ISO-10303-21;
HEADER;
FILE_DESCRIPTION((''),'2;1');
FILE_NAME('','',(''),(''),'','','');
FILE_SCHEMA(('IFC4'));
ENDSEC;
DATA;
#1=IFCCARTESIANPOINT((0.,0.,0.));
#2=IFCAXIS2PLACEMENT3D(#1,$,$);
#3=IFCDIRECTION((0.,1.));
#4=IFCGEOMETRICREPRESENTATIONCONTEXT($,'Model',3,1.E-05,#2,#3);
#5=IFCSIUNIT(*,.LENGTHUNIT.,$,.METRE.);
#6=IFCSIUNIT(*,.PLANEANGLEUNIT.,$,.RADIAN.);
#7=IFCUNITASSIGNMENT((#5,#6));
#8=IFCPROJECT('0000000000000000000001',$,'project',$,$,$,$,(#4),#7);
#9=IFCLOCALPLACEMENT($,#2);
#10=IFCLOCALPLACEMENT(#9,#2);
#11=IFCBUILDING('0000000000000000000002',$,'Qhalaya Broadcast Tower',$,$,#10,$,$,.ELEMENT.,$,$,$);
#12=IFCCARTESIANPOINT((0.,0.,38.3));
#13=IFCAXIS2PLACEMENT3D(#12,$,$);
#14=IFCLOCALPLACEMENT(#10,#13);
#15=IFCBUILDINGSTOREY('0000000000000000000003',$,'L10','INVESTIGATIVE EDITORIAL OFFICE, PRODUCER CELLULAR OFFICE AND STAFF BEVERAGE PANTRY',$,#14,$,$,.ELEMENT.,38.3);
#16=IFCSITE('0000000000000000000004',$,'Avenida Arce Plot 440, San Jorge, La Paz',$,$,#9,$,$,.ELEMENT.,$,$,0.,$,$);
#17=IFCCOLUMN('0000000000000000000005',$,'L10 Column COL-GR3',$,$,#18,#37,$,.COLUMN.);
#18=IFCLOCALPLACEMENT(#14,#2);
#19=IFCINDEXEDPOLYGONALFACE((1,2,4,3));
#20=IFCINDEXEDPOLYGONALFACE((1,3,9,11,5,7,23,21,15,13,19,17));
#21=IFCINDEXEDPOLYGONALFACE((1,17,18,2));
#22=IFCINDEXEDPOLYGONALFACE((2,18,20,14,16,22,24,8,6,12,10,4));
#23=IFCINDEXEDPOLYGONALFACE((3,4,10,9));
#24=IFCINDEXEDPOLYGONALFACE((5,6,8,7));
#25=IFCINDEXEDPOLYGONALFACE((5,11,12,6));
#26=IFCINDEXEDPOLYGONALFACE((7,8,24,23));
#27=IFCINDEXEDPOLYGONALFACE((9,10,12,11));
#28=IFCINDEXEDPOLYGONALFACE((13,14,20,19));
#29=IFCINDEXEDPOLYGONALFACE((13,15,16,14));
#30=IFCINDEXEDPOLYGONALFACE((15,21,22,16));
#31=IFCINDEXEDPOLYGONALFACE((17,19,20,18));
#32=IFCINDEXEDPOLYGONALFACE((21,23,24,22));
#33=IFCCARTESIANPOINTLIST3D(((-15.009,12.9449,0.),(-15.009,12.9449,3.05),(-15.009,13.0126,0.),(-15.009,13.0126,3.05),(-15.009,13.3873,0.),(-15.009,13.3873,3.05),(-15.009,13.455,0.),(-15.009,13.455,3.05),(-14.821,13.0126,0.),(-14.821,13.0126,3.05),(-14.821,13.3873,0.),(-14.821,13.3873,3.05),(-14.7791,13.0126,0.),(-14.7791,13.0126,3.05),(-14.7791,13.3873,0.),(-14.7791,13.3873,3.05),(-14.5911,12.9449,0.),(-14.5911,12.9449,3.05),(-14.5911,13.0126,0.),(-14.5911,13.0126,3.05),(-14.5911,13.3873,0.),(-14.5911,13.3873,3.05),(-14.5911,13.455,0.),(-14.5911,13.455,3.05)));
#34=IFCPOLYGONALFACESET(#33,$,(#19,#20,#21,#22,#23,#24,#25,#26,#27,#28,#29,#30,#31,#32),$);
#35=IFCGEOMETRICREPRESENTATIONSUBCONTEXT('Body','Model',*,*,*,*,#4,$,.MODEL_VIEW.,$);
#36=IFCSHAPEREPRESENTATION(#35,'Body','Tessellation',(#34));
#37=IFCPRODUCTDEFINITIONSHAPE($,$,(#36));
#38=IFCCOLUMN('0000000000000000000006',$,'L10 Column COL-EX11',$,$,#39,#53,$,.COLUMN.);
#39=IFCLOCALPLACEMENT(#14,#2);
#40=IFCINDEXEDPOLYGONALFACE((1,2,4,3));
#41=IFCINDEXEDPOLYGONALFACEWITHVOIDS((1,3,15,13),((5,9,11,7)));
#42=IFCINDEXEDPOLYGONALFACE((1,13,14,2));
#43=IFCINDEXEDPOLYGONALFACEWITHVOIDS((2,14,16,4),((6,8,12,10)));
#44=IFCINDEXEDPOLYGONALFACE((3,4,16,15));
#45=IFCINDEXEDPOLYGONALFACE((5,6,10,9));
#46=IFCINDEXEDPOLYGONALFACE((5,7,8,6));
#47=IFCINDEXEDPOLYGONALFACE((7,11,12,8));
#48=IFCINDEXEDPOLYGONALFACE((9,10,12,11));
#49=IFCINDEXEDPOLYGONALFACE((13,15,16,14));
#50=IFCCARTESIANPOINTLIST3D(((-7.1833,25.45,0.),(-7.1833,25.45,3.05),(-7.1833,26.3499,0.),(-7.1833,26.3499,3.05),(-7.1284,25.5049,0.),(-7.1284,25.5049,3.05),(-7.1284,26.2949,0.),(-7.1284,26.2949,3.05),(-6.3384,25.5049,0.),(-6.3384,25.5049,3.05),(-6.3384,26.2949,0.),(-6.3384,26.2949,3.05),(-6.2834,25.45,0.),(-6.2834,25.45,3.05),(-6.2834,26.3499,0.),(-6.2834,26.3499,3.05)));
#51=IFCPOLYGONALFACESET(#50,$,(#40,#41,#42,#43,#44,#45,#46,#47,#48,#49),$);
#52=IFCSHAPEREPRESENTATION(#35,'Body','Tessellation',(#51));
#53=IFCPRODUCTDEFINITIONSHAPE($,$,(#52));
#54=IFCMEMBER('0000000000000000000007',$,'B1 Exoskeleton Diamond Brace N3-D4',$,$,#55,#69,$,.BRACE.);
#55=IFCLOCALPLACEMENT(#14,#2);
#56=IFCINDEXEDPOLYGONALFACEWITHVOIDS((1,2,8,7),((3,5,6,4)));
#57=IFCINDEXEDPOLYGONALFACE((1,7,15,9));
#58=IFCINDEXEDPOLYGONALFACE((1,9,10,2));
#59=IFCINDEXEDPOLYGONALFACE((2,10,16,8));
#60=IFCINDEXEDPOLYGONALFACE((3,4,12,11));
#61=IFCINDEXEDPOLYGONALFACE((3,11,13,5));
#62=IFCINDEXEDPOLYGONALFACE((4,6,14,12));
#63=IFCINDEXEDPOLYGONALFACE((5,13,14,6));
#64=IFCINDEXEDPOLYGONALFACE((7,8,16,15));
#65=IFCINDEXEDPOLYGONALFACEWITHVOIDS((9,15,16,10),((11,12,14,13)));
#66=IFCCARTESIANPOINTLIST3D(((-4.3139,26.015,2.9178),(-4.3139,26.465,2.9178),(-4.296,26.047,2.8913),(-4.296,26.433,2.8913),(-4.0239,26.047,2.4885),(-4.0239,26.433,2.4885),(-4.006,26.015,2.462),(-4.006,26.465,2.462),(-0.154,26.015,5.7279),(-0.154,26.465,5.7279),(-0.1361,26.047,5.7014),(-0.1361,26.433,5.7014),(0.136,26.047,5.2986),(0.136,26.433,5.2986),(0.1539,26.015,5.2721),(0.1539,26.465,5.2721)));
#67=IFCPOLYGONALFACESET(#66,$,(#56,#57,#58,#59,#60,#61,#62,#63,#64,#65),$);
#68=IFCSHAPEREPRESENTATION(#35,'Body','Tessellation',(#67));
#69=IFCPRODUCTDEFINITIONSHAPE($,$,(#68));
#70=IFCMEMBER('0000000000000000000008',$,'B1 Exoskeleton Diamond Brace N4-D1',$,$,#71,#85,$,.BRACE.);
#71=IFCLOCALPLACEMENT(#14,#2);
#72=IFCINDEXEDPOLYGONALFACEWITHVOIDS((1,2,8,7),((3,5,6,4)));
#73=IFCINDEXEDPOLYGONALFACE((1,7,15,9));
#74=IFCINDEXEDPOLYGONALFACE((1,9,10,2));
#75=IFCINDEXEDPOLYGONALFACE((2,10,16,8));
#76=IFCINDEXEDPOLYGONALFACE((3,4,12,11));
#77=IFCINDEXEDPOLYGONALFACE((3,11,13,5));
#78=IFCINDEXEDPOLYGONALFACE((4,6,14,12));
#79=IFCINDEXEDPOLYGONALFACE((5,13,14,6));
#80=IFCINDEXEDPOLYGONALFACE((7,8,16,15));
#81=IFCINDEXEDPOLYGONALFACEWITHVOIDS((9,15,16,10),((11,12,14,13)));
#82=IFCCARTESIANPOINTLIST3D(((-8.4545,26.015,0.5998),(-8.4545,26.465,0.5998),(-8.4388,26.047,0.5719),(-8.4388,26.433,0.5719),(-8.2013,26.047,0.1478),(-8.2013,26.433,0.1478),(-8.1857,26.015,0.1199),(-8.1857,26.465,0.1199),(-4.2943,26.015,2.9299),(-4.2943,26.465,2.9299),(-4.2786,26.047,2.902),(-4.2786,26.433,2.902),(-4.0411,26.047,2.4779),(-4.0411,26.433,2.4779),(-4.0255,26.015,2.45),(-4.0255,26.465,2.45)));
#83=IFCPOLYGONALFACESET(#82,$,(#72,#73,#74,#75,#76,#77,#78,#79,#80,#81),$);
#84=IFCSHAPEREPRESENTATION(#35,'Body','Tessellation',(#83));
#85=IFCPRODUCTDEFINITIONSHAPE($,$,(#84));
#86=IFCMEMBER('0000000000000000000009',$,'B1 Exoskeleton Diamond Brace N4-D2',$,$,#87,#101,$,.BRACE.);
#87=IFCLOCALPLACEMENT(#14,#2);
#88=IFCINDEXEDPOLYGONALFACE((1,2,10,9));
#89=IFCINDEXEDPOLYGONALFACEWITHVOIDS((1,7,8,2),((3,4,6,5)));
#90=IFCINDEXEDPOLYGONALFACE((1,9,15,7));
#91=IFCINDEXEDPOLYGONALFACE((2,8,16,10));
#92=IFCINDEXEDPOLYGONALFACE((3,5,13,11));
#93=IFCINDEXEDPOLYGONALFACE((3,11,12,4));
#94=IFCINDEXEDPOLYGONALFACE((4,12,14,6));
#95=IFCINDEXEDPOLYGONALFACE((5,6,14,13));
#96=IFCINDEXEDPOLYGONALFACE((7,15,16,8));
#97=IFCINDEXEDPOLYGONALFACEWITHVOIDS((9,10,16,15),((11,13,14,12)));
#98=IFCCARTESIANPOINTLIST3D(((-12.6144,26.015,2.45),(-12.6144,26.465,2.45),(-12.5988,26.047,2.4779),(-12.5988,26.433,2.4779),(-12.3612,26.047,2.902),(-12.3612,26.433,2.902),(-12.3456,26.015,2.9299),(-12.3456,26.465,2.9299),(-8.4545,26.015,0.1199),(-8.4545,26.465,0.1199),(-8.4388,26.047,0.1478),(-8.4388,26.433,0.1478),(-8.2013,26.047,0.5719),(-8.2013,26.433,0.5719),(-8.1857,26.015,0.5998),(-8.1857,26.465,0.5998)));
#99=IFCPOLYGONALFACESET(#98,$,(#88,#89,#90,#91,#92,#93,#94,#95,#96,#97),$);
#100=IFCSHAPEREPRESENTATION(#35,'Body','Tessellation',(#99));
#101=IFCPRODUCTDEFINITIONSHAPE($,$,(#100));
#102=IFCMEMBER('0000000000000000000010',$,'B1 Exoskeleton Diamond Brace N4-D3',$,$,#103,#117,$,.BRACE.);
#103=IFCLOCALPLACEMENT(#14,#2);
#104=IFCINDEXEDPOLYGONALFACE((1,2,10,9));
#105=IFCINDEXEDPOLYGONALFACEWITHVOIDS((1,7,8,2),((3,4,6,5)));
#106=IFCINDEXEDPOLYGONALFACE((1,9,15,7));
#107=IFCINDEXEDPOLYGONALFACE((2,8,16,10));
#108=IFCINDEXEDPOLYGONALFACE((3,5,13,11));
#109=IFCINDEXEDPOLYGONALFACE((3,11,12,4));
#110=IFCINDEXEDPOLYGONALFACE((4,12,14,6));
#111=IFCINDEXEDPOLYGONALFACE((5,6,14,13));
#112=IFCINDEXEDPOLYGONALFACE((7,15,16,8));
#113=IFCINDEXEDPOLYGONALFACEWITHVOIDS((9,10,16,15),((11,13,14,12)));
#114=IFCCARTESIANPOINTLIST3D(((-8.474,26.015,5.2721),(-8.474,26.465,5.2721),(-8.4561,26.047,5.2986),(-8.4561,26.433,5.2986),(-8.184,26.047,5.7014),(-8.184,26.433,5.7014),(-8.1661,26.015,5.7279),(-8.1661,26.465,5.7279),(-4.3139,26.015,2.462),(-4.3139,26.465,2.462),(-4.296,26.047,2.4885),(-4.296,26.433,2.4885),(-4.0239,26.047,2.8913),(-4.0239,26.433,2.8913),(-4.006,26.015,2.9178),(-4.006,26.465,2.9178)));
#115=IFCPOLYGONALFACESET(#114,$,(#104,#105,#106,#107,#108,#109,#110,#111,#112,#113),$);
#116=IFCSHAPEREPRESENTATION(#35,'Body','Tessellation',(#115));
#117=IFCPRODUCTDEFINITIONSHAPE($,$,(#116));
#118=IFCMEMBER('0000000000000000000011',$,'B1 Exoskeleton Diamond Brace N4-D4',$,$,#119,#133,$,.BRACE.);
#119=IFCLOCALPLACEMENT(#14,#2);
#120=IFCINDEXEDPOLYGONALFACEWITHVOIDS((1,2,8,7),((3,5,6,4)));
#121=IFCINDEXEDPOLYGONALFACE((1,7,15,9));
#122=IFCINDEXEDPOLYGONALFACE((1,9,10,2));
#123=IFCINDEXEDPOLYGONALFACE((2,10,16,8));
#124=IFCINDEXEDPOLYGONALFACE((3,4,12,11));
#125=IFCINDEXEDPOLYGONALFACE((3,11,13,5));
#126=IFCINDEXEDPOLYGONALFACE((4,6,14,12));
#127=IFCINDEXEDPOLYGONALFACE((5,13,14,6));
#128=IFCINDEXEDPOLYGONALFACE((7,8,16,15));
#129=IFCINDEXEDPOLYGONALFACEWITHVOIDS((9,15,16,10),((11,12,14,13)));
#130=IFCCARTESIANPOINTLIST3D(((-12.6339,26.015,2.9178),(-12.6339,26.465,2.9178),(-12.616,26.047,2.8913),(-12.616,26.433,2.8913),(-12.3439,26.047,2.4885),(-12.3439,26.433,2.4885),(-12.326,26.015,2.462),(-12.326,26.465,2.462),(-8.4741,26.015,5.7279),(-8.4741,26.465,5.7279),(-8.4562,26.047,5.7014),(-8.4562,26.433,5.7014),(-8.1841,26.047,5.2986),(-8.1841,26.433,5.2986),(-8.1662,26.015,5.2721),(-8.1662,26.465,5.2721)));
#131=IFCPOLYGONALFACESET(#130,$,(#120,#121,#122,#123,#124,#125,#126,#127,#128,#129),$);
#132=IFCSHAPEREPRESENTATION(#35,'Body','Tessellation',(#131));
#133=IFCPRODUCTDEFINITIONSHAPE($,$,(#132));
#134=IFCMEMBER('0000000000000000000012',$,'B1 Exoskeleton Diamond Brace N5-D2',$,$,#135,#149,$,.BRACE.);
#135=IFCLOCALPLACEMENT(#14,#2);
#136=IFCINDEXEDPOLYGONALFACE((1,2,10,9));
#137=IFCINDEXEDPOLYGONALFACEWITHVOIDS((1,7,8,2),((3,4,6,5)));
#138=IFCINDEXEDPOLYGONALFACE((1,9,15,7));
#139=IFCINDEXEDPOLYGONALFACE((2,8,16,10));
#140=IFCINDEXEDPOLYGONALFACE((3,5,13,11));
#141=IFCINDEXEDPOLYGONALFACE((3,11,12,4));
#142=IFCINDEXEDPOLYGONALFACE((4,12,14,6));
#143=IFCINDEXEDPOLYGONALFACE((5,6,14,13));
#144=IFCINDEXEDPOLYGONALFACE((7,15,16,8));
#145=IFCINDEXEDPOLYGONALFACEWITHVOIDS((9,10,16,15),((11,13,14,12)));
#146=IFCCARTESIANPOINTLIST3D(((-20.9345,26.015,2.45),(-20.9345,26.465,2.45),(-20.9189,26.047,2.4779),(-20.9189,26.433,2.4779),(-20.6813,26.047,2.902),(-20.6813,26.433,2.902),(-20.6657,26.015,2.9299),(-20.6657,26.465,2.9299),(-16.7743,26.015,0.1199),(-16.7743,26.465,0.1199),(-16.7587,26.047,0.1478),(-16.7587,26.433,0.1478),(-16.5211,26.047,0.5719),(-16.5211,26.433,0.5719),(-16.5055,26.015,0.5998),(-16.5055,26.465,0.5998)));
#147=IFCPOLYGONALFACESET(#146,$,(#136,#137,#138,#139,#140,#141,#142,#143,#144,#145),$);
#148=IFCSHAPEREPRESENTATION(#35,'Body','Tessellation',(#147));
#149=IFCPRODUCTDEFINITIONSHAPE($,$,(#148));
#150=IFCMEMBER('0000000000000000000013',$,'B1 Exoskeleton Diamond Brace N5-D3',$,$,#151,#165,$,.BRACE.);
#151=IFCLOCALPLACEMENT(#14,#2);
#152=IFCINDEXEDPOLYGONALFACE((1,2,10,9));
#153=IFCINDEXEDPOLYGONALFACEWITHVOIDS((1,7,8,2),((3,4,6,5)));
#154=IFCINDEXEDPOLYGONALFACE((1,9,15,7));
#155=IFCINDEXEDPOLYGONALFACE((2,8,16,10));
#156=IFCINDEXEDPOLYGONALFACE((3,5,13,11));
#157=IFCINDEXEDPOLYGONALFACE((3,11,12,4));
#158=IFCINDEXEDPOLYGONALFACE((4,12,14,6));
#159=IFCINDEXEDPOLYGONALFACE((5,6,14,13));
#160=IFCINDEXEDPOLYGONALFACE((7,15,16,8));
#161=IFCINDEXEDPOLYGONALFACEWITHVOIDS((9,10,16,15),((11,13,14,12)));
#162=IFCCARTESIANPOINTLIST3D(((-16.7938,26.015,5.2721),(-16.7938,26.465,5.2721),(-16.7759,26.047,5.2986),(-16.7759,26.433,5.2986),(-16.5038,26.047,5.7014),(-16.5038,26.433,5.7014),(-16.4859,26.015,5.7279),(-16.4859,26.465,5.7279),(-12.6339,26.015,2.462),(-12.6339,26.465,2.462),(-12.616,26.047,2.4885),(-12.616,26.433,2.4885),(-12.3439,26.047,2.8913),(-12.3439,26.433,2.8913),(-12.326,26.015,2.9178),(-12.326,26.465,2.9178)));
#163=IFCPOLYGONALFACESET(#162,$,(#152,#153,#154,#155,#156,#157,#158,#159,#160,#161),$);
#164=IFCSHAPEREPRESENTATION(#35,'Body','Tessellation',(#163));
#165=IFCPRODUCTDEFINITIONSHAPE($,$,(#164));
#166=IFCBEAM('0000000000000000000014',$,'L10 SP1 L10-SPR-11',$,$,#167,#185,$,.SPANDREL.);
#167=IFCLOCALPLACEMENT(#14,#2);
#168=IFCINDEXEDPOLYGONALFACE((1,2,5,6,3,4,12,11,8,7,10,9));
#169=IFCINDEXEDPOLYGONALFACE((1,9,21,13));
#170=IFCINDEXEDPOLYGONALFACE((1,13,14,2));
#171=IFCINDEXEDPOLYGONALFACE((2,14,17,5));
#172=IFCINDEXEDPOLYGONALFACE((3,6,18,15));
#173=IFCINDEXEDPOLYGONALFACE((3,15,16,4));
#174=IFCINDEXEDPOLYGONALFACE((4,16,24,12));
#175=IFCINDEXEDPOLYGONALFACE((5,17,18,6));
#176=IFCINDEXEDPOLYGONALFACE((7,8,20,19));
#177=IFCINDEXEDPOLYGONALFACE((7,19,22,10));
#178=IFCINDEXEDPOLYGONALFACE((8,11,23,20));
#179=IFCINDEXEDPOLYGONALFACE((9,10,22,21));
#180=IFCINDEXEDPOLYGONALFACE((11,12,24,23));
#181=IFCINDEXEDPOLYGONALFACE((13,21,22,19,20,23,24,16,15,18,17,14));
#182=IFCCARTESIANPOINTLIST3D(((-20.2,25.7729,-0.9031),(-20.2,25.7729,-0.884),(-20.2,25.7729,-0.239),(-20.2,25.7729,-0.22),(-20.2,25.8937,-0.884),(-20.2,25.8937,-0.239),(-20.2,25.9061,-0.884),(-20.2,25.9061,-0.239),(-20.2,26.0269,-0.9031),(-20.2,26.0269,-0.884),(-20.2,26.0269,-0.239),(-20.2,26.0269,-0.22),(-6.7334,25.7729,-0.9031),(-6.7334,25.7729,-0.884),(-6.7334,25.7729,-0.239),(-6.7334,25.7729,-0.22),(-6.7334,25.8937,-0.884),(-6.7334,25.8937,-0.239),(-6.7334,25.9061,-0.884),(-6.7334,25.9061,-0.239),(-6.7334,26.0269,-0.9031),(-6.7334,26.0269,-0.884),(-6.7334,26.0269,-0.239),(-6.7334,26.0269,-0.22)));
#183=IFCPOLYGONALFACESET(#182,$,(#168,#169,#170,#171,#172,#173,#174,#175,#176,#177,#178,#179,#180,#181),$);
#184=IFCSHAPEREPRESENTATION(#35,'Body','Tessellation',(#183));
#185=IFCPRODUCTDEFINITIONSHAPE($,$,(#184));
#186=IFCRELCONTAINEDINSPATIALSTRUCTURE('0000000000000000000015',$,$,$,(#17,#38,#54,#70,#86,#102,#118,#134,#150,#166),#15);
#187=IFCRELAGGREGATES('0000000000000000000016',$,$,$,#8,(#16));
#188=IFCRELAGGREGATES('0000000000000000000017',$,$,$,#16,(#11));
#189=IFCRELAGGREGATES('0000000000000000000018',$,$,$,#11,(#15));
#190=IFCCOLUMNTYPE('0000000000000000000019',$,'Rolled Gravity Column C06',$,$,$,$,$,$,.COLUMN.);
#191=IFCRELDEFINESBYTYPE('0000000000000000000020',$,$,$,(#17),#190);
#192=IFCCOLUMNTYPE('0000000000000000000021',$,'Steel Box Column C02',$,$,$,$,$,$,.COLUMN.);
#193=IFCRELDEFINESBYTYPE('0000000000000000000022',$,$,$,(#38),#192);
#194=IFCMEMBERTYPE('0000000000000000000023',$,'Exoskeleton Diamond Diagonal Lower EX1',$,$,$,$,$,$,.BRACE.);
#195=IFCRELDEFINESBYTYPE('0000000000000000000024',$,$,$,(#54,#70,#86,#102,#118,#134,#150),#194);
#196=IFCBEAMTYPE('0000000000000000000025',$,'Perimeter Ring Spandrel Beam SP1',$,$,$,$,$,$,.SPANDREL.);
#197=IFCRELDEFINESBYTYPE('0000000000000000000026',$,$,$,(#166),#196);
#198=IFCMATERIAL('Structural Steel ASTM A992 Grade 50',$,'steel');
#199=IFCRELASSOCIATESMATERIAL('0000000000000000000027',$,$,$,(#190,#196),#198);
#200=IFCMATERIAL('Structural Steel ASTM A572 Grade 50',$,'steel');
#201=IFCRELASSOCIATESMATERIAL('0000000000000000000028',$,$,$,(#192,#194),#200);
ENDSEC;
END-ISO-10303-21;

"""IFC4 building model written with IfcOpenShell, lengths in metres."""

from ifc_helpers import new_model, si_unit, direction, frame, origin, origin_2d, place, context, subcontext, project, spatial, hollow_rectangle, i_section, extrude, material, material_profile, profile_set, type_object, element, save


model = new_model("IFC4")

# Units and contexts
model_context = context("Model", 3, precision=1e-05, world=origin(), true_north=direction((0.0, 1.0)))
body_context = subcontext(model_context, "Body", "Model", "MODEL_VIEW")
ifc_project = project(units=[si_unit("LENGTHUNIT", "METRE"), si_unit("PLANEANGLEUNIT", "RADIAN")], contexts=[model_context])

# Site, building, storey
site_placement = place(None, origin())
site = spatial("IfcSite", under=ifc_project, at=site_placement, Name="Avenida Arce Plot 440, San Jorge, La Paz", CompositionType="ELEMENT", RefElevation=0.0)
building_placement = place(site_placement, origin())
building = spatial("IfcBuilding", under=site, at=building_placement, Name="Qhalaya Broadcast Tower", CompositionType="ELEMENT")
storey_placement = place(building_placement, frame((0.0, 0.0, 38.3)))
storey = spatial("IfcBuildingStorey", under=building, at=storey_placement, Name="L10", Description="INVESTIGATIVE EDITORIAL OFFICE, PRODUCER CELLULAR OFFICE AND STAFF BEVERAGE PANTRY", CompositionType="ELEMENT", Elevation=38.3)

# Columns
ifc_material_1 = material(Name="Structural Steel ASTM A992 Grade 50", Category="steel")
ifc_material_profile_1 = material_profile(ifc_material_1, i_section(OverallWidth=0.418, OverallDepth=0.51, WebThickness=0.042, FlangeThickness=0.0676, at=origin_2d()), Name="W14X370")
ifc_profile_set_1 = profile_set([ifc_material_profile_1], Name="Structural Steel ASTM A992 Grade 50")
column_type_1 = type_object("IfcColumnType", Name="Rolled Gravity Column C06", PredefinedType="COLUMN", material=ifc_profile_set_1)
column_1_placement = place(storey_placement, frame((-14.8, 13.2, 0.0), z_axis=(0.0, 0.0, 1.0), x_axis=(1.0, 0.0, 0.0)))
element("IfcColumn", 1, at=column_1_placement, inside=storey, type_object=column_type_1, Name="L10 Column COL-GR3", PredefinedType="COLUMN", context=body_context, shape_type="SweptSolid", body=[
    extrude(i_section(OverallWidth=0.418, OverallDepth=0.51, WebThickness=0.042, FlangeThickness=0.0676, at=origin_2d()), origin(), (0.0, 0.0, 1.0), 3.05),
])
ifc_material_2 = material(Name="Structural Steel ASTM A572 Grade 50", Category="steel")
ifc_material_profile_2 = material_profile(ifc_material_2, hollow_rectangle(XDim=0.8999, YDim=0.8999, WallThickness=0.0549, at=origin_2d()), Name="BOX 900x900x55")
ifc_profile_set_2 = profile_set([ifc_material_profile_2], Name="Structural Steel ASTM A572 Grade 50")
column_type_2 = type_object("IfcColumnType", Name="Steel Box Column C02", PredefinedType="COLUMN", material=ifc_profile_set_2)
column_2_placement = place(storey_placement, frame((-6.7334, 25.8999, 0.0), z_axis=(0.0, 0.0, 1.0), x_axis=(1.0, 0.0, 0.0)))
element("IfcColumn", 2, at=column_2_placement, inside=storey, type_object=column_type_2, Name="L10 Column COL-EX11", PredefinedType="COLUMN", context=body_context, shape_type="SweptSolid", body=[
    extrude(hollow_rectangle(XDim=0.8999, YDim=0.8999, WallThickness=0.0549, at=origin_2d()), origin(), (0.0, 0.0, 1.0), 3.05),
])

# Members
ifc_material_profile_3 = material_profile(ifc_material_2, hollow_rectangle(XDim=0.45, YDim=0.55, WallThickness=0.032, at=origin_2d()), Name="BOX 450x550x32")
ifc_profile_set_3 = profile_set([ifc_material_profile_3], Name="Structural Steel ASTM A572 Grade 50")
member_type = type_object("IfcMemberType", Name="Exoskeleton Diamond Diagonal Lower EX1", PredefinedType="BRACE", material=ifc_profile_set_3)
member_1_placement = place(storey_placement, frame((-4.1599, 26.24, 2.6899), z_axis=(0.828653, 0.0, 0.559763), x_axis=(0.0, 1.0, 0.0)))
element("IfcMember", 3, at=member_1_placement, inside=storey, type_object=member_type, Name="B1 Exoskeleton Diamond Brace N3-D4", PredefinedType="BRACE", context=body_context, shape_type="SweptSolid", body=[
    extrude(hollow_rectangle(XDim=0.45, YDim=0.55, WallThickness=0.032, at=origin_2d()), origin(), (0.0, 0.0, 1.0), 5.02),
])
member_2_placement = place(storey_placement, frame((-8.3201, 26.24, 0.3599), z_axis=(0.872471, 0.0, 0.488666), x_axis=(0.0, 1.0, 0.0)))
element("IfcMember", 4, at=member_2_placement, inside=storey, type_object=member_type, Name="B1 Exoskeleton Diamond Brace N4-D1", PredefinedType="BRACE", context=body_context, shape_type="SweptSolid", body=[
    extrude(hollow_rectangle(XDim=0.45, YDim=0.55, WallThickness=0.032, at=origin_2d()), origin(), (0.0, 0.0, 1.0), 4.7683),
])
member_3_placement = place(storey_placement, frame((-8.3201, 26.24, 0.3599), z_axis=(-0.872459, 0.0, 0.488688), x_axis=(0.0, -1.0, 0.0)))
element("IfcMember", 5, at=member_3_placement, inside=storey, type_object=member_type, Name="B1 Exoskeleton Diamond Brace N4-D2", PredefinedType="BRACE", context=body_context, shape_type="SweptSolid", body=[
    extrude(hollow_rectangle(XDim=0.45, YDim=0.55, WallThickness=0.032, at=origin_2d()), origin(), (0.0, 0.0, 1.0), 4.7681),
])
member_4_placement = place(storey_placement, frame((-4.1599, 26.24, 2.6899), z_axis=(-0.828668, 0.0, 0.55974), x_axis=(0.0, -1.0, 0.0)))
element("IfcMember", 6, at=member_4_placement, inside=storey, type_object=member_type, Name="B1 Exoskeleton Diamond Brace N4-D3", PredefinedType="BRACE", context=body_context, shape_type="SweptSolid", body=[
    extrude(hollow_rectangle(XDim=0.45, YDim=0.55, WallThickness=0.032, at=origin_2d()), origin(), (0.0, 0.0, 1.0), 5.0203),
])
member_5_placement = place(storey_placement, frame((-12.48, 26.24, 2.6899), z_axis=(0.828653, 0.0, 0.559763), x_axis=(0.0, 1.0, 0.0)))
element("IfcMember", 7, at=member_5_placement, inside=storey, type_object=member_type, Name="B1 Exoskeleton Diamond Brace N4-D4", PredefinedType="BRACE", context=body_context, shape_type="SweptSolid", body=[
    extrude(hollow_rectangle(XDim=0.45, YDim=0.55, WallThickness=0.032, at=origin_2d()), origin(), (0.0, 0.0, 1.0), 5.02),
])
member_6_placement = place(storey_placement, frame((-16.6399, 26.24, 0.3599), z_axis=(-0.872471, 0.0, 0.488666), x_axis=(0.0, -1.0, 0.0)))
element("IfcMember", 8, at=member_6_placement, inside=storey, type_object=member_type, Name="B1 Exoskeleton Diamond Brace N5-D2", PredefinedType="BRACE", context=body_context, shape_type="SweptSolid", body=[
    extrude(hollow_rectangle(XDim=0.45, YDim=0.55, WallThickness=0.032, at=origin_2d()), origin(), (0.0, 0.0, 1.0), 4.7683),
])
member_7_placement = place(storey_placement, frame((-12.48, 26.24, 2.6899), z_axis=(-0.828653, 0.0, 0.559763), x_axis=(0.0, -1.0, 0.0)))
element("IfcMember", 9, at=member_7_placement, inside=storey, type_object=member_type, Name="B1 Exoskeleton Diamond Brace N5-D3", PredefinedType="BRACE", context=body_context, shape_type="SweptSolid", body=[
    extrude(hollow_rectangle(XDim=0.45, YDim=0.55, WallThickness=0.032, at=origin_2d()), origin(), (0.0, 0.0, 1.0), 5.02),
])

# Beam
ifc_material_profile_4 = material_profile(ifc_material_1, i_section(OverallWidth=0.2539, OverallDepth=0.6831, WebThickness=0.0125, FlangeThickness=0.019, at=origin_2d()), Name="W27X94")
ifc_profile_set_4 = profile_set([ifc_material_profile_4], Name="Structural Steel ASTM A992 Grade 50")
beam_type = type_object("IfcBeamType", Name="Perimeter Ring Spandrel Beam SP1", PredefinedType="SPANDREL", material=ifc_profile_set_4)
beam_placement = place(storey_placement, frame((-6.7334, 25.8999, -0.5615), z_axis=(-1.0, 0.0, 0.0), x_axis=(0.0, -1.0, 0.0)))
element("IfcBeam", 10, at=beam_placement, inside=storey, type_object=beam_type, Name="L10 SP1 L10-SPR-11", PredefinedType="SPANDREL", context=body_context, shape_type="SweptSolid", body=[
    extrude(i_section(OverallWidth=0.2539, OverallDepth=0.6831, WebThickness=0.0125, FlangeThickness=0.019, at=origin_2d()), origin(), (0.0, 0.0, 1.0), 13.4666),
])

save(model, "model.ifc")
